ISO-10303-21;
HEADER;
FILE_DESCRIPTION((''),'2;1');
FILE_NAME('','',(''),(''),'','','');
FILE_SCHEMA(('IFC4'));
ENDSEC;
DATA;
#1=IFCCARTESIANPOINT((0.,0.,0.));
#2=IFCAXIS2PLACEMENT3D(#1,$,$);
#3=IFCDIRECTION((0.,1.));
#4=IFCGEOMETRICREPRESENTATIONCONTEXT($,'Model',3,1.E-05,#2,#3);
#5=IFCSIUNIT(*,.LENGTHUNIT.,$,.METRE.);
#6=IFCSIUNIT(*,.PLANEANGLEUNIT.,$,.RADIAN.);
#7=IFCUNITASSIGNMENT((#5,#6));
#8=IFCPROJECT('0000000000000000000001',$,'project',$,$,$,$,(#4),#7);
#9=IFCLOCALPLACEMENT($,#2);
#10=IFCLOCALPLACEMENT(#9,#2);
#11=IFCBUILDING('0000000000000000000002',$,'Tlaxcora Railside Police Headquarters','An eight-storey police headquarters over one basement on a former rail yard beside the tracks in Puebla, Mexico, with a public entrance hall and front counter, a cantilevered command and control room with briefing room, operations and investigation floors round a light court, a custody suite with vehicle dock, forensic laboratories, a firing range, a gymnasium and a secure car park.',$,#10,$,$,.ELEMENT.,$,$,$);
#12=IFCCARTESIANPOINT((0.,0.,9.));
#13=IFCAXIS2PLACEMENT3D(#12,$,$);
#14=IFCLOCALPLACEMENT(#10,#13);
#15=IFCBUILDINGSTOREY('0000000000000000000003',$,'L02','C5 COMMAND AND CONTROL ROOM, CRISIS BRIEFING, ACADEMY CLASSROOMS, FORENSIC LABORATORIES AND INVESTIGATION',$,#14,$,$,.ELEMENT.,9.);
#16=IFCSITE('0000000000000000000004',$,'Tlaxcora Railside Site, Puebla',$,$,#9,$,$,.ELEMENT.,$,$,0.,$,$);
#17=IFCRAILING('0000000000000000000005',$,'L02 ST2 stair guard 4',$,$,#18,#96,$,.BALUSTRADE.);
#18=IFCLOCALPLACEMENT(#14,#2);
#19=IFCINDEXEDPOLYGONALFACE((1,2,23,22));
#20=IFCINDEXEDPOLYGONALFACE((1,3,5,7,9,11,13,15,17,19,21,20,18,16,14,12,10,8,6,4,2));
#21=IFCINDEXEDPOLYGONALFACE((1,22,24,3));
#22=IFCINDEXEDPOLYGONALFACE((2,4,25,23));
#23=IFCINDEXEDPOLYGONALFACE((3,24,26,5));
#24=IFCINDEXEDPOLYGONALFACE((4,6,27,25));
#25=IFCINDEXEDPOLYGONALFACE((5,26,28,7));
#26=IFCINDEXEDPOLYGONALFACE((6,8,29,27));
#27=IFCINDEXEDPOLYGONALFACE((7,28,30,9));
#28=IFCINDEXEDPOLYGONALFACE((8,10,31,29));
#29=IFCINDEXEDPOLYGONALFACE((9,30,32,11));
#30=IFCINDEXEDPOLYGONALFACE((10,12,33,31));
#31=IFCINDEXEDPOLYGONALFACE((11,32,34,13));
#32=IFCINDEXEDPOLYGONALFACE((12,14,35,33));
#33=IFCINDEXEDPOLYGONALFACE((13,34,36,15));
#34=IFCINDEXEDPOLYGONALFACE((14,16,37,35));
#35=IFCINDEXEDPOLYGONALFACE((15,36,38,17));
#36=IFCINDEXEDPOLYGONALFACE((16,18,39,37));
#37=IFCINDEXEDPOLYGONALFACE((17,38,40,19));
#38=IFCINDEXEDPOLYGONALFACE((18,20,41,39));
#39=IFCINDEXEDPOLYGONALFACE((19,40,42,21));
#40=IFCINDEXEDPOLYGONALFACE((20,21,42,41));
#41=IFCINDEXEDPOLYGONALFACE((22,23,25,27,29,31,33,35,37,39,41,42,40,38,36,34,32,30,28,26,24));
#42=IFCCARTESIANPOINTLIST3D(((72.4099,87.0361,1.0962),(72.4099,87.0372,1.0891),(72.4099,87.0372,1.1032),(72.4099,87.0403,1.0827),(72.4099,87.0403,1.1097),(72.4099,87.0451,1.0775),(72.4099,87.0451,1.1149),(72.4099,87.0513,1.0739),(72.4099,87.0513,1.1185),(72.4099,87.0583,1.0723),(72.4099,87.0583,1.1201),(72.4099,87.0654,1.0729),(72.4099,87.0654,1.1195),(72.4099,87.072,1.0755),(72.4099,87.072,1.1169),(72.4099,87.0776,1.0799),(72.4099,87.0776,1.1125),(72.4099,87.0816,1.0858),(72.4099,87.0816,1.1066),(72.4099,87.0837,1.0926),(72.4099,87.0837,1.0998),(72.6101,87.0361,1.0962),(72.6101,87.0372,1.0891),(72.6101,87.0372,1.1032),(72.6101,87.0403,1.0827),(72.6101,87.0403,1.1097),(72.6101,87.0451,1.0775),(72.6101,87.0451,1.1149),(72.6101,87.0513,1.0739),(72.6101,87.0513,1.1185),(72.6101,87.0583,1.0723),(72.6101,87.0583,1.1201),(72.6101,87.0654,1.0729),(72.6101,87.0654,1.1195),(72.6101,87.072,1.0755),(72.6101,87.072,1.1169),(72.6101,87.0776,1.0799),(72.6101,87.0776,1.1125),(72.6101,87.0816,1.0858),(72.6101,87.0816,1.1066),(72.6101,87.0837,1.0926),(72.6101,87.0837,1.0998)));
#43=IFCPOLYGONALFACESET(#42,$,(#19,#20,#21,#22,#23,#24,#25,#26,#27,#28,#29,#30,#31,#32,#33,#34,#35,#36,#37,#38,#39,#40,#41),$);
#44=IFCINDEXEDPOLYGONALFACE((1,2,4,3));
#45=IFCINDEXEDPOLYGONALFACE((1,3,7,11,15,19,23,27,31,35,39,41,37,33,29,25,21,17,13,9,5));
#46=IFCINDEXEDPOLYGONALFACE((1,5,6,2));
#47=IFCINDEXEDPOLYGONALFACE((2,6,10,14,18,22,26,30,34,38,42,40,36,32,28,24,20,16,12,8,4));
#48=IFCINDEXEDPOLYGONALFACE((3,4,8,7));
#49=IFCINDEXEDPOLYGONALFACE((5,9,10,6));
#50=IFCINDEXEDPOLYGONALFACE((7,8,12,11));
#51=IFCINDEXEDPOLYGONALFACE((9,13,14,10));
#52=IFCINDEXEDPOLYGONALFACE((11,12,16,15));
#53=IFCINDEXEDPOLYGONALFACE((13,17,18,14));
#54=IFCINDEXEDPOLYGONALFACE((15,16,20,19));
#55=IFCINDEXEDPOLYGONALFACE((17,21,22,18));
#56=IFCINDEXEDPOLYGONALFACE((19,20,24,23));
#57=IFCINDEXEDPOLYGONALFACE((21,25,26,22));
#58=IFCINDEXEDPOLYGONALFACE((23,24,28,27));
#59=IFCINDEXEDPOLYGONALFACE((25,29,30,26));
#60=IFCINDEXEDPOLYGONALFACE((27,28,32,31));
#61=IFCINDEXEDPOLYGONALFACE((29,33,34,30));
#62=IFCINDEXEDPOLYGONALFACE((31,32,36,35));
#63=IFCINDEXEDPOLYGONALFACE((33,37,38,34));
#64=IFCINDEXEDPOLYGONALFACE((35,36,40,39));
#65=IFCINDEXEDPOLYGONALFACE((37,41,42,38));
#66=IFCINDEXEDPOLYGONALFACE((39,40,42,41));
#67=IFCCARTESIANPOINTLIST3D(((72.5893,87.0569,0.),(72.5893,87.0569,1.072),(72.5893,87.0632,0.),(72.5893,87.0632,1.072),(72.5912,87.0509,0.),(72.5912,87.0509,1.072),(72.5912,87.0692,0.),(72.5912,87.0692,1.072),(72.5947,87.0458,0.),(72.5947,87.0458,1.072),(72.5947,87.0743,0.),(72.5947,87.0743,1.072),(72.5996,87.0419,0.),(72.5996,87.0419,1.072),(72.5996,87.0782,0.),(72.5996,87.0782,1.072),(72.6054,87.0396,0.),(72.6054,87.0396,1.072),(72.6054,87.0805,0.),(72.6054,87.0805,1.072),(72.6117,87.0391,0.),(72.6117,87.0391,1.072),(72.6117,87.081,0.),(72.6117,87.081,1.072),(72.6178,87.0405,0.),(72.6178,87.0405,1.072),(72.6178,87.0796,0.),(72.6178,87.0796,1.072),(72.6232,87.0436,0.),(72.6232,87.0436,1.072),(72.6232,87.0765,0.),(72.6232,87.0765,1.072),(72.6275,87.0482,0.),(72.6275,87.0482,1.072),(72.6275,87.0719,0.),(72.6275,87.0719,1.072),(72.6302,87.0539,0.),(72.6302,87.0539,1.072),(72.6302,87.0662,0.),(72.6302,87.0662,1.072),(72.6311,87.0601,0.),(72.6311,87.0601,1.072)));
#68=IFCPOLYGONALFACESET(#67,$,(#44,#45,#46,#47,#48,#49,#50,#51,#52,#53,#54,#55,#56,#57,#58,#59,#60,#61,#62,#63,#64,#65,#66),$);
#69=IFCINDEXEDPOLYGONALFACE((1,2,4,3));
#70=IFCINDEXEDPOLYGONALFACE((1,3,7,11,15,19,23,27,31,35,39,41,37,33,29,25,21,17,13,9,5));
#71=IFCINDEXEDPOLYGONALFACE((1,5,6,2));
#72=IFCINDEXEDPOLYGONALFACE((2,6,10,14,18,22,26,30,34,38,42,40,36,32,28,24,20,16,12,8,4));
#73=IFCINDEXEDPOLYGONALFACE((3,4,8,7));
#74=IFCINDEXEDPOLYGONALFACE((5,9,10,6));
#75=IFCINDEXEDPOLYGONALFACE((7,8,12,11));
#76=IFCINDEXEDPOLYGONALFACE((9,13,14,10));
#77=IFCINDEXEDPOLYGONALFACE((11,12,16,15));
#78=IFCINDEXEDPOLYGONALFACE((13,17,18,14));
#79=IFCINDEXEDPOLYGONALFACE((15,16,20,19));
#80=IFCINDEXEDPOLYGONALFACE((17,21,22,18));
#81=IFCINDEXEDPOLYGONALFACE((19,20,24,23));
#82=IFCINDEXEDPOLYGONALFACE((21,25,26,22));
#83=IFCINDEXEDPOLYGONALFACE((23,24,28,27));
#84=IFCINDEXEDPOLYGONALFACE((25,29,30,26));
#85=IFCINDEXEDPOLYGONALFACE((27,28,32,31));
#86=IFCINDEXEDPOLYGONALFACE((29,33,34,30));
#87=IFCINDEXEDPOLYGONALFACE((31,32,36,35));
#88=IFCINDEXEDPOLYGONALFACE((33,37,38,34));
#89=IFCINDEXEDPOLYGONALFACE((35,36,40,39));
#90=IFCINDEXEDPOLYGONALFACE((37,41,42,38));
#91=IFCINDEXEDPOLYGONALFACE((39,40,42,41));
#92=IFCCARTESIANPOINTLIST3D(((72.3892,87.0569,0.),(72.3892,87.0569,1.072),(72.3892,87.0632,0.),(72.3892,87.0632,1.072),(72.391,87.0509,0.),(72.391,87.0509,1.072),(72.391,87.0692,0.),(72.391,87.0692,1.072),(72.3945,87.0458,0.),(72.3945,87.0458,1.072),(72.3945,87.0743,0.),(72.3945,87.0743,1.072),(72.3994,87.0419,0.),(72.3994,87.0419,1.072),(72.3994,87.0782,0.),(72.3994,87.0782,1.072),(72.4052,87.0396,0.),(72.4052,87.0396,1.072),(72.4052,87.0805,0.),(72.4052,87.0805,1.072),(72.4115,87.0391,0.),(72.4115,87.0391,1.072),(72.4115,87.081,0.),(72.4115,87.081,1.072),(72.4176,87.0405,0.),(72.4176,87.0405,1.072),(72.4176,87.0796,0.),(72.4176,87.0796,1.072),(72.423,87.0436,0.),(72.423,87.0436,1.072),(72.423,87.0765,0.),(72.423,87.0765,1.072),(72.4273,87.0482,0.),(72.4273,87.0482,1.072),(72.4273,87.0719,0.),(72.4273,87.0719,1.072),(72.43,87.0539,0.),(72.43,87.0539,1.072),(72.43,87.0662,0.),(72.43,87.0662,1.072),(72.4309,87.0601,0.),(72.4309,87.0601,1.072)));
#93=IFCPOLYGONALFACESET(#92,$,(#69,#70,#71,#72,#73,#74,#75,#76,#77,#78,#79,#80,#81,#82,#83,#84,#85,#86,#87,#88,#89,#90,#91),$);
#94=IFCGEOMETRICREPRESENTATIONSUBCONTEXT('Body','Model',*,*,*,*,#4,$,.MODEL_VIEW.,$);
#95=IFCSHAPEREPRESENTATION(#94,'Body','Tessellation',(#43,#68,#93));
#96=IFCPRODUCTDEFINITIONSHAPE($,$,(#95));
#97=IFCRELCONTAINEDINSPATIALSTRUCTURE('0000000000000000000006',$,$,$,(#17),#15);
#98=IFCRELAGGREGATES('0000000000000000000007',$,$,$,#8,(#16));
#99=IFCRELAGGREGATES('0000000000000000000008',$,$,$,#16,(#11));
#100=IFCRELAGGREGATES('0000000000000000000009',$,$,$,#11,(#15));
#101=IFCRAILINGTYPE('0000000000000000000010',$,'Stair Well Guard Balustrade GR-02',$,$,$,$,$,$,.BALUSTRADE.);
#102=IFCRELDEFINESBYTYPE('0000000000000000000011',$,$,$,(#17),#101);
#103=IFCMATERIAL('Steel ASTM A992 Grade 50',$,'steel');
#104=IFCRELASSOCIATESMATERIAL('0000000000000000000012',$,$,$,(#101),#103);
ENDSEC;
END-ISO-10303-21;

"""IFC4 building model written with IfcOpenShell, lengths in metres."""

from ifc_helpers import new_model, si_unit, direction, frame, origin, origin_2d, place, context, subcontext, project, spatial, circle, extrude, material, type_object, element, save


model = new_model("IFC4")

# Units and contexts
model_context = context("Model", 3, precision=1e-05, world=origin(), true_north=direction((0.0, 1.0)))
body_context = subcontext(model_context, "Body", "Model", "MODEL_VIEW")
ifc_project = project(units=[si_unit("LENGTHUNIT", "METRE"), si_unit("PLANEANGLEUNIT", "RADIAN")], contexts=[model_context])

# Site, building, storey
site_placement = place(None, origin())
site = spatial("IfcSite", under=ifc_project, at=site_placement, Name="Tlaxcora Railside Site, Puebla", CompositionType="ELEMENT", RefElevation=0.0)
building_placement = place(site_placement, origin())
building = spatial("IfcBuilding", under=site, at=building_placement, Name="Tlaxcora Railside Police Headquarters", Description="An eight-storey police headquarters over one basement on a former rail yard beside the tracks in Puebla, Mexico, with a public entrance hall and front counter, a cantilevered command and control room with briefing room, operations and investigation floors round a light court, a custody suite with vehicle dock, forensic laboratories, a firing range, a gymnasium and a secure car park.", CompositionType="ELEMENT")
storey_placement = place(building_placement, frame((0.0, 0.0, 9.0)))
storey = spatial("IfcBuildingStorey", under=building, at=storey_placement, Name="L02", Description="C5 COMMAND AND CONTROL ROOM, CRISIS BRIEFING, ACADEMY CLASSROOMS, FORENSIC LABORATORIES AND INVESTIGATION", CompositionType="ELEMENT", Elevation=9.0)

# Shared definitions
ifc_material_1 = material(Name="Steel ASTM A992 Grade 50", Category="steel")

# Railing
railing_type_1 = type_object("IfcRailingType", Name="Stair Well Guard Balustrade GR-02", PredefinedType="BALUSTRADE", material=ifc_material_1)
railing_1_placement = place(storey_placement, frame((72.6101, 87.0601, 0.0)))
element("IfcRailing", 1, at=railing_1_placement, inside=storey, type_object=railing_type_1, Name="L02 ST2 stair guard 4", PredefinedType="BALUSTRADE", context=body_context, shape_type="SweptSolid", body=[
    extrude(circle(Radius=0.0239, at=origin_2d()), frame((0.0, 0.0, 1.0962), z_axis=(-1.0, 0.0, 0.0), x_axis=(0.0, -1.0, 0.0)), (0.0, 0.0, 1.0), 0.2002),
    extrude(circle(Radius=0.021, at=origin_2d()), origin(), (0.0, 0.0, 1.0), 1.072),
    extrude(circle(Radius=0.021, at=origin_2d()), frame((-0.2002, 0.0, 0.0)), (0.0, 0.0, 1.0), 1.072),
])

save(model, "model.ifc")
